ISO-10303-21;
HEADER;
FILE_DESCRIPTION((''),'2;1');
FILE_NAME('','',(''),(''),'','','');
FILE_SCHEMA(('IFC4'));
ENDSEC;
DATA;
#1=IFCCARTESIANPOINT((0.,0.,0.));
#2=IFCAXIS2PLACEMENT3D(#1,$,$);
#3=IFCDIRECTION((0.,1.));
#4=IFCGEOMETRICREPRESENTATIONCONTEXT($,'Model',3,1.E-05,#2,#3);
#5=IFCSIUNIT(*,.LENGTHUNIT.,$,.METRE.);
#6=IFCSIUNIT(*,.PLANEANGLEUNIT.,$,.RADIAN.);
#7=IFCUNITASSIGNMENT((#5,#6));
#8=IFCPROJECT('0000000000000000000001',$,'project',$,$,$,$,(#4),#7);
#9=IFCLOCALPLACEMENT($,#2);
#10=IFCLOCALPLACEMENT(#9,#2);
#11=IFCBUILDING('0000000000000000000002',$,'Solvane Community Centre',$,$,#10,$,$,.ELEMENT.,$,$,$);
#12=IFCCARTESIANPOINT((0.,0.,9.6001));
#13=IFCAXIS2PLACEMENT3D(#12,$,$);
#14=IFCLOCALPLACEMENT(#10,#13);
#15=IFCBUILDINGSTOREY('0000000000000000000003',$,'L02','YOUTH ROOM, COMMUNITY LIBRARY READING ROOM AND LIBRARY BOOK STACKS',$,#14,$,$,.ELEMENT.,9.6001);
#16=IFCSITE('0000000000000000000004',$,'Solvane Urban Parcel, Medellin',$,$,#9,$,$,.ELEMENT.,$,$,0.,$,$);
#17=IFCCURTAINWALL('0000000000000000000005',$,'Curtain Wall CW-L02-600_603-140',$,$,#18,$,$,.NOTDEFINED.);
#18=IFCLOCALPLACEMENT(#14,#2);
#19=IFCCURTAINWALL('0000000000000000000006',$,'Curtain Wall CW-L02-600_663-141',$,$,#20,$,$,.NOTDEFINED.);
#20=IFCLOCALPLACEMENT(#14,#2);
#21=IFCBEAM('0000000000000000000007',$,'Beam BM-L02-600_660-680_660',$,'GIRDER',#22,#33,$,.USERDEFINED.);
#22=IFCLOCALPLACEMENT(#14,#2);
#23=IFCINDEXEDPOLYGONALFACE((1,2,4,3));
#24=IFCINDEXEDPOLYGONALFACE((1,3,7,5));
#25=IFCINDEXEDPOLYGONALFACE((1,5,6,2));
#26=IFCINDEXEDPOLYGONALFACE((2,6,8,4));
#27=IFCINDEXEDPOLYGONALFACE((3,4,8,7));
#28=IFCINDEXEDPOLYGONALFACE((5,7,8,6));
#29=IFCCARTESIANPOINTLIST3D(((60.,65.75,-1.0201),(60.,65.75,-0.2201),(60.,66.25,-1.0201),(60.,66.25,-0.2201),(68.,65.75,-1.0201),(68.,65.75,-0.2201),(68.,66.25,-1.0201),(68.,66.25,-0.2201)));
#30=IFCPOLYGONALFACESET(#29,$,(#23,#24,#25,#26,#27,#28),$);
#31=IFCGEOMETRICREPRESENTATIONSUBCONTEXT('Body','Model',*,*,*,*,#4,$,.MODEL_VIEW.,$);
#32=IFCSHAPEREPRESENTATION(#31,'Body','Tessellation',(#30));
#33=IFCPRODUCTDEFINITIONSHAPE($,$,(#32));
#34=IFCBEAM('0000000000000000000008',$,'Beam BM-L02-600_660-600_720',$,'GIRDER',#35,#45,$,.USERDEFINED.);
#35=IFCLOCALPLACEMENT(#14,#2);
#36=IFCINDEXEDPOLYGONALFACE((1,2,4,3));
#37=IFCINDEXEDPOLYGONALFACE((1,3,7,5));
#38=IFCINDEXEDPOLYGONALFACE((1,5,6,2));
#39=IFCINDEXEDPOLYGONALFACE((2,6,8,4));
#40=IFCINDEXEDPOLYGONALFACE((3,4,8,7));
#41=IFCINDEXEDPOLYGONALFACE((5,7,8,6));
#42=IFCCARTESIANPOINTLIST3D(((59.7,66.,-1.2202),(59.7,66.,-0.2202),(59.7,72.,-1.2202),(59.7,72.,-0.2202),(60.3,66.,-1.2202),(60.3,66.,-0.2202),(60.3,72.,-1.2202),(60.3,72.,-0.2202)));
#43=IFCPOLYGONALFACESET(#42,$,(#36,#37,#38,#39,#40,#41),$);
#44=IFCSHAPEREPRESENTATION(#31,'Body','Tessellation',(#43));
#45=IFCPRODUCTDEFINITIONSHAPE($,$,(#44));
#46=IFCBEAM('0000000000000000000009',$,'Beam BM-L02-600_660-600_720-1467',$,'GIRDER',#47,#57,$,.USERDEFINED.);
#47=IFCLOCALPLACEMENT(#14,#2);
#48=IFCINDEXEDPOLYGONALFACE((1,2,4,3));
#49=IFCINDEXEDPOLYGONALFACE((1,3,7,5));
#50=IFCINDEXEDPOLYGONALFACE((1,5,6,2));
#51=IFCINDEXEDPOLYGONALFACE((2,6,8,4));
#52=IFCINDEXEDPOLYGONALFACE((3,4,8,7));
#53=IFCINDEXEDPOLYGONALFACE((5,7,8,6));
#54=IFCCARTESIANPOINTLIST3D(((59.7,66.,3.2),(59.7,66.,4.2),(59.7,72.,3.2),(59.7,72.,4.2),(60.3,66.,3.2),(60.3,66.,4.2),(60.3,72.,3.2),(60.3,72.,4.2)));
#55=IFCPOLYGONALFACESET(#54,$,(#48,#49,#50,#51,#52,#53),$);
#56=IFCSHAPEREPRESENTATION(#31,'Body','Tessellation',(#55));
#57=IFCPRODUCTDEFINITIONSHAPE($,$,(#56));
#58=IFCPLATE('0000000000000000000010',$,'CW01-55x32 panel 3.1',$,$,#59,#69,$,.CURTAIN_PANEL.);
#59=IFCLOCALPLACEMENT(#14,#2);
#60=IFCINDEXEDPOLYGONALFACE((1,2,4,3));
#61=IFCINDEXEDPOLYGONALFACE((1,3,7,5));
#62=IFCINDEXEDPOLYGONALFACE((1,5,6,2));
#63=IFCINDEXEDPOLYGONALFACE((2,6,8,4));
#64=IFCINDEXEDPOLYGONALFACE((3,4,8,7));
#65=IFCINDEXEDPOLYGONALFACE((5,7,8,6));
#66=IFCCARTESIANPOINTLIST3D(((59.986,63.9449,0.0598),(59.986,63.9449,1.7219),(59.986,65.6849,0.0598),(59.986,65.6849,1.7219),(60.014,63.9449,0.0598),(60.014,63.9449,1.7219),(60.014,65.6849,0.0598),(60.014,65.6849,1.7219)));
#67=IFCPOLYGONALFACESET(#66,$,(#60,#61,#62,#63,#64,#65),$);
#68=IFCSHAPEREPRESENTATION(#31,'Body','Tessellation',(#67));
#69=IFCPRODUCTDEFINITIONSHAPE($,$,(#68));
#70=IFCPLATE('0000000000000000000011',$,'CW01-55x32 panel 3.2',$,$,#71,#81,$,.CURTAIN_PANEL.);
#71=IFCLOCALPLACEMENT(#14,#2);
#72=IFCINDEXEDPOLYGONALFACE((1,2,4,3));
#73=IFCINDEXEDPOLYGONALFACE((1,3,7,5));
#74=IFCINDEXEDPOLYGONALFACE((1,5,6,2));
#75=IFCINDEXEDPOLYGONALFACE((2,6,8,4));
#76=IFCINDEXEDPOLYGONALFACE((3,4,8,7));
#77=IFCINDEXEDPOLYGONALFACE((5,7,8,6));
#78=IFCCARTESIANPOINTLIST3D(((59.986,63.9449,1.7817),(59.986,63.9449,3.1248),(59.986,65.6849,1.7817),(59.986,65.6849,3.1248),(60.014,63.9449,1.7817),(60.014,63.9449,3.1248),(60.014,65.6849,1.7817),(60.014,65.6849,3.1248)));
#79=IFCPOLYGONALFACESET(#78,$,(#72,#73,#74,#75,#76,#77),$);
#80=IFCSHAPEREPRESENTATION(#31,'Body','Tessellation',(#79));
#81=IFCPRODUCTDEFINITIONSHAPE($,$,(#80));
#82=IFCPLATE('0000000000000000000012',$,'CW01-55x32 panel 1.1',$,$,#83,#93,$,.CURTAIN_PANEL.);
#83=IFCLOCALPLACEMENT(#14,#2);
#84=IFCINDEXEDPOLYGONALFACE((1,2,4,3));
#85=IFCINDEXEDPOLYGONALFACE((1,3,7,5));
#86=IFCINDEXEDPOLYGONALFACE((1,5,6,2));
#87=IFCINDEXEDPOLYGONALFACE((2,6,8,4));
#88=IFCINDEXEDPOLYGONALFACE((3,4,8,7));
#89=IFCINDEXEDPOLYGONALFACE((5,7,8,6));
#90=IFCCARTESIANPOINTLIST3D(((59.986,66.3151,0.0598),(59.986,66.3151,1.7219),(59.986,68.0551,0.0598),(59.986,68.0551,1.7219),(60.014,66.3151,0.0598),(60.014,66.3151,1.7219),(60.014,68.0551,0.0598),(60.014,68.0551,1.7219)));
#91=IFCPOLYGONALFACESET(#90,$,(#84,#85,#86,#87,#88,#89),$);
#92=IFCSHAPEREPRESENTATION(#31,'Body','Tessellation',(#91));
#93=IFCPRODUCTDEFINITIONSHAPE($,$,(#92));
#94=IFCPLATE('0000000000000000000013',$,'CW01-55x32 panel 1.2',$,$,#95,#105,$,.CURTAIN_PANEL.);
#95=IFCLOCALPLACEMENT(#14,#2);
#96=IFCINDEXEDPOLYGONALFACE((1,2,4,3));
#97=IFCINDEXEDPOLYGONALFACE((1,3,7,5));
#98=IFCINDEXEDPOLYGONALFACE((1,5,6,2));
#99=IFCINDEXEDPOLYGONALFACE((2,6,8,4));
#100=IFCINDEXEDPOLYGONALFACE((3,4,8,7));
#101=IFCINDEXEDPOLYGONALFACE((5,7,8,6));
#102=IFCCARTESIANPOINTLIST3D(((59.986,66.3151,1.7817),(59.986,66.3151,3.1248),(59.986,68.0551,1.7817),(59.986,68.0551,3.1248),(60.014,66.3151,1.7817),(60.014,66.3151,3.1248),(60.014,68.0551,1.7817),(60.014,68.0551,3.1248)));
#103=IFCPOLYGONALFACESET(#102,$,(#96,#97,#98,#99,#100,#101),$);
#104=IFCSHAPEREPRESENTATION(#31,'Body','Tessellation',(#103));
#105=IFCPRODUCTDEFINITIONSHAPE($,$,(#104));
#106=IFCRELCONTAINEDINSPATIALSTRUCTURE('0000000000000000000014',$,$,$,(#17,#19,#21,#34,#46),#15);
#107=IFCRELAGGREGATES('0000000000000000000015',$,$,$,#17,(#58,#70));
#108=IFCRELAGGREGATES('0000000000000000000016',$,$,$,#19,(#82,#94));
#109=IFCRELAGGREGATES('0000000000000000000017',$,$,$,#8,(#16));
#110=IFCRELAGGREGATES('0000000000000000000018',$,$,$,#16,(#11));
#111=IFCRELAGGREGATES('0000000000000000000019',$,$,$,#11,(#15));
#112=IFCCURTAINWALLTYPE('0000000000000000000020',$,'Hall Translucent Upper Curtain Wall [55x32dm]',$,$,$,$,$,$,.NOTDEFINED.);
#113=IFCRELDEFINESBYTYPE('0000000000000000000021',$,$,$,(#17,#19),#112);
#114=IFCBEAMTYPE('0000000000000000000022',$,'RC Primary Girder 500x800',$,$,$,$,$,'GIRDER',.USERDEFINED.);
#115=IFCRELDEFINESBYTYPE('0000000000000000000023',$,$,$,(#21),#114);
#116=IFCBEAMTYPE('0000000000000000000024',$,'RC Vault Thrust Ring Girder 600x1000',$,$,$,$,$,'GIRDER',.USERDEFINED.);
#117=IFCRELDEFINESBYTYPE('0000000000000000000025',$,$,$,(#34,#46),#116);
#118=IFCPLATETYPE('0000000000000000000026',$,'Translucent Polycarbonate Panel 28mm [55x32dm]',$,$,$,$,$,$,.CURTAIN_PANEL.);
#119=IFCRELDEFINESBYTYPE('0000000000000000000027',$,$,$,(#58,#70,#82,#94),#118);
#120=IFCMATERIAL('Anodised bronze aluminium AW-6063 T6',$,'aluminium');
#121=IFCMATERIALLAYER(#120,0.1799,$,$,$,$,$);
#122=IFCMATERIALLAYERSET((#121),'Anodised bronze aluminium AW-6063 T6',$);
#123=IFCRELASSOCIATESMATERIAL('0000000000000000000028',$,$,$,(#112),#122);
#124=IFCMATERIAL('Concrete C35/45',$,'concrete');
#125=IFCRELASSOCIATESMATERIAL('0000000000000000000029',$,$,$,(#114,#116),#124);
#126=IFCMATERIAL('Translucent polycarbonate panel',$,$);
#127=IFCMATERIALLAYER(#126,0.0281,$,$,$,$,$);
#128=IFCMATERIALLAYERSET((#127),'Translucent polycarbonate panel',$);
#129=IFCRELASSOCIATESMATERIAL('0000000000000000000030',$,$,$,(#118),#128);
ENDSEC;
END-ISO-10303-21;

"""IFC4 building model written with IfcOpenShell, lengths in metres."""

from ifc_helpers import new_model, si_unit, direction, frame, origin, origin_2d, place, context, subcontext, project, spatial, rectangle, extrude, material, layer, layer_set, material_profile, profile_set, type_object, element, aggregate, save


model = new_model("IFC4")

# Units and contexts
model_context = context("Model", 3, precision=1e-05, world=origin(), true_north=direction((0.0, 1.0)))
body_context = subcontext(model_context, "Body", "Model", "MODEL_VIEW")
ifc_project = project(units=[si_unit("LENGTHUNIT", "METRE"), si_unit("PLANEANGLEUNIT", "RADIAN")], contexts=[model_context])

# Site, building, storey
site_placement = place(None, origin())
site = spatial("IfcSite", under=ifc_project, at=site_placement, Name="Solvane Urban Parcel, Medellin", CompositionType="ELEMENT", RefElevation=0.0)
building_placement = place(site_placement, origin())
building = spatial("IfcBuilding", under=site, at=building_placement, Name="Solvane Community Centre", CompositionType="ELEMENT")
storey_placement = place(building_placement, frame((0.0, 0.0, 9.6001)))
storey = spatial("IfcBuildingStorey", under=building, at=storey_placement, Name="L02", Description="YOUTH ROOM, COMMUNITY LIBRARY READING ROOM AND LIBRARY BOOK STACKS", CompositionType="ELEMENT", Elevation=9.6001)

# Curtain walls
ifc_material_1 = material(Name="Anodised bronze aluminium AW-6063 T6", Category="aluminium")
ifc_layer_1 = layer(ifc_material_1, 0.1799)
ifc_layer_set_1 = layer_set([ifc_layer_1], Name="Anodised bronze aluminium AW-6063 T6")
curtain_wall_type = type_object("IfcCurtainWallType", Name="Hall Translucent Upper Curtain Wall [55x32dm]", PredefinedType="NOTDEFINED", material=ifc_layer_set_1)
curtain_wall_1_placement = place(storey_placement, origin())
curtain_wall_1 = element("IfcCurtainWall", 1, at=curtain_wall_1_placement, inside=storey, type_object=curtain_wall_type, Name="Curtain Wall CW-L02-600_603-140", PredefinedType="NOTDEFINED")
curtain_wall_2_placement = place(storey_placement, origin())
curtain_wall_2 = element("IfcCurtainWall", 2, at=curtain_wall_2_placement, inside=storey, type_object=curtain_wall_type, Name="Curtain Wall CW-L02-600_663-141", PredefinedType="NOTDEFINED")

# Beams
ifc_material_2 = material(Name="Concrete C35/45", Category="concrete")
ifc_material_profile_1 = material_profile(ifc_material_2, rectangle(XDim=0.5, YDim=0.8, at=origin_2d()), Name="RC 500x800")
ifc_profile_set_1 = profile_set([ifc_material_profile_1], Name="Concrete C35/45")
beam_type_1 = type_object("IfcBeamType", Name="RC Primary Girder 500x800", ElementType="GIRDER", PredefinedType="USERDEFINED", material=ifc_profile_set_1)
beam_placement = place(storey_placement, frame((60.0, 66.0, -0.6201), z_axis=(1.0, 0.0, 0.0), x_axis=(0.0, 1.0, 0.0)))
element("IfcBeam", 3, at=beam_placement, inside=storey, type_object=beam_type_1, Name="Beam BM-L02-600_660-680_660", ObjectType="GIRDER", PredefinedType="USERDEFINED", context=body_context, shape_type="SweptSolid", body=[
    extrude(rectangle(XDim=0.5, YDim=0.8, at=origin_2d()), origin(), (0.0, 0.0, 1.0), 8.0),
])
ifc_material_profile_2 = material_profile(ifc_material_2, rectangle(XDim=0.6001, YDim=1.0, at=origin_2d()), Name="RC 600x1000")
ifc_profile_set_2 = profile_set([ifc_material_profile_2], Name="Concrete C35/45")
beam_type_2 = type_object("IfcBeamType", Name="RC Vault Thrust Ring Girder 600x1000", ElementType="GIRDER", PredefinedType="USERDEFINED", material=ifc_profile_set_2)
for number, where, z_axis, x_axis, name in (
    (4, (60.0, 66.0, -0.7202), (0.0, 1.0, 0.0), (-1.0, 0.0, 0.0), "Beam BM-L02-600_660-600_720"),
    (5, (60.0, 66.0, 3.7), (0.0, 1.0, 0.0), (-1.0, 0.0, 0.0), "Beam BM-L02-600_660-600_720-1467"),
):
    element("IfcBeam", number, at=place(storey_placement, frame(where, z_axis=z_axis, x_axis=x_axis)), inside=storey, type_object=beam_type_2, Name=name, ObjectType="GIRDER", PredefinedType="USERDEFINED", context=body_context, shape_type="SweptSolid", body=[
        extrude(rectangle(XDim=0.6001, YDim=1.0, at=origin_2d()), origin(), (0.0, 0.0, 1.0), 6.0),
    ])

# Plates
ifc_material_3 = material(Name="Translucent polycarbonate panel")
ifc_layer_2 = layer(ifc_material_3, 0.0281)
ifc_layer_set_2 = layer_set([ifc_layer_2], Name="Translucent polycarbonate panel")
plate_type = type_object("IfcPlateType", Name="Translucent Polycarbonate Panel 28mm [55x32dm]", PredefinedType="CURTAIN_PANEL", material=ifc_layer_set_2)
plate_1_placement = place(storey_placement, frame((60.0, 64.8149, 0.0598), z_axis=(0.0, 0.0, 1.0), x_axis=(0.0, 1.0, 0.0)))
plate_1 = element("IfcPlate", 6, at=plate_1_placement, type_object=plate_type, Name="CW01-55x32 panel 3.1", PredefinedType="CURTAIN_PANEL", context=body_context, shape_type="SweptSolid", body=[
    extrude(rectangle(XDim=1.74, YDim=0.0281, at=origin_2d()), origin(), (0.0, 0.0, 1.0), 1.6621),
])
plate_2_placement = place(storey_placement, frame((60.0, 64.8149, 1.7817), z_axis=(0.0, 0.0, 1.0), x_axis=(0.0, 1.0, 0.0)))
plate_2 = element("IfcPlate", 7, at=plate_2_placement, type_object=plate_type, Name="CW01-55x32 panel 3.2", PredefinedType="CURTAIN_PANEL", context=body_context, shape_type="SweptSolid", body=[
    extrude(rectangle(XDim=1.74, YDim=0.0281, at=origin_2d()), origin(), (0.0, 0.0, 1.0), 1.343),
])
aggregate(curtain_wall_1, [plate_1, plate_2])
plate_3_placement = place(storey_placement, frame((60.0, 67.1851, 0.0598), z_axis=(0.0, 0.0, 1.0), x_axis=(0.0, 1.0, 0.0)))
plate_3 = element("IfcPlate", 8, at=plate_3_placement, type_object=plate_type, Name="CW01-55x32 panel 1.1", PredefinedType="CURTAIN_PANEL", context=body_context, shape_type="SweptSolid", body=[
    extrude(rectangle(XDim=1.74, YDim=0.0281, at=origin_2d()), origin(), (0.0, 0.0, 1.0), 1.6621),
])
plate_4_placement = place(storey_placement, frame((60.0, 67.1851, 1.7817), z_axis=(0.0, 0.0, 1.0), x_axis=(0.0, 1.0, 0.0)))
plate_4 = element("IfcPlate", 9, at=plate_4_placement, type_object=plate_type, Name="CW01-55x32 panel 1.2", PredefinedType="CURTAIN_PANEL", context=body_context, shape_type="SweptSolid", body=[
    extrude(rectangle(XDim=1.74, YDim=0.0281, at=origin_2d()), origin(), (0.0, 0.0, 1.0), 1.343),
])
aggregate(curtain_wall_2, [plate_3, plate_4])

save(model, "model.ifc")
